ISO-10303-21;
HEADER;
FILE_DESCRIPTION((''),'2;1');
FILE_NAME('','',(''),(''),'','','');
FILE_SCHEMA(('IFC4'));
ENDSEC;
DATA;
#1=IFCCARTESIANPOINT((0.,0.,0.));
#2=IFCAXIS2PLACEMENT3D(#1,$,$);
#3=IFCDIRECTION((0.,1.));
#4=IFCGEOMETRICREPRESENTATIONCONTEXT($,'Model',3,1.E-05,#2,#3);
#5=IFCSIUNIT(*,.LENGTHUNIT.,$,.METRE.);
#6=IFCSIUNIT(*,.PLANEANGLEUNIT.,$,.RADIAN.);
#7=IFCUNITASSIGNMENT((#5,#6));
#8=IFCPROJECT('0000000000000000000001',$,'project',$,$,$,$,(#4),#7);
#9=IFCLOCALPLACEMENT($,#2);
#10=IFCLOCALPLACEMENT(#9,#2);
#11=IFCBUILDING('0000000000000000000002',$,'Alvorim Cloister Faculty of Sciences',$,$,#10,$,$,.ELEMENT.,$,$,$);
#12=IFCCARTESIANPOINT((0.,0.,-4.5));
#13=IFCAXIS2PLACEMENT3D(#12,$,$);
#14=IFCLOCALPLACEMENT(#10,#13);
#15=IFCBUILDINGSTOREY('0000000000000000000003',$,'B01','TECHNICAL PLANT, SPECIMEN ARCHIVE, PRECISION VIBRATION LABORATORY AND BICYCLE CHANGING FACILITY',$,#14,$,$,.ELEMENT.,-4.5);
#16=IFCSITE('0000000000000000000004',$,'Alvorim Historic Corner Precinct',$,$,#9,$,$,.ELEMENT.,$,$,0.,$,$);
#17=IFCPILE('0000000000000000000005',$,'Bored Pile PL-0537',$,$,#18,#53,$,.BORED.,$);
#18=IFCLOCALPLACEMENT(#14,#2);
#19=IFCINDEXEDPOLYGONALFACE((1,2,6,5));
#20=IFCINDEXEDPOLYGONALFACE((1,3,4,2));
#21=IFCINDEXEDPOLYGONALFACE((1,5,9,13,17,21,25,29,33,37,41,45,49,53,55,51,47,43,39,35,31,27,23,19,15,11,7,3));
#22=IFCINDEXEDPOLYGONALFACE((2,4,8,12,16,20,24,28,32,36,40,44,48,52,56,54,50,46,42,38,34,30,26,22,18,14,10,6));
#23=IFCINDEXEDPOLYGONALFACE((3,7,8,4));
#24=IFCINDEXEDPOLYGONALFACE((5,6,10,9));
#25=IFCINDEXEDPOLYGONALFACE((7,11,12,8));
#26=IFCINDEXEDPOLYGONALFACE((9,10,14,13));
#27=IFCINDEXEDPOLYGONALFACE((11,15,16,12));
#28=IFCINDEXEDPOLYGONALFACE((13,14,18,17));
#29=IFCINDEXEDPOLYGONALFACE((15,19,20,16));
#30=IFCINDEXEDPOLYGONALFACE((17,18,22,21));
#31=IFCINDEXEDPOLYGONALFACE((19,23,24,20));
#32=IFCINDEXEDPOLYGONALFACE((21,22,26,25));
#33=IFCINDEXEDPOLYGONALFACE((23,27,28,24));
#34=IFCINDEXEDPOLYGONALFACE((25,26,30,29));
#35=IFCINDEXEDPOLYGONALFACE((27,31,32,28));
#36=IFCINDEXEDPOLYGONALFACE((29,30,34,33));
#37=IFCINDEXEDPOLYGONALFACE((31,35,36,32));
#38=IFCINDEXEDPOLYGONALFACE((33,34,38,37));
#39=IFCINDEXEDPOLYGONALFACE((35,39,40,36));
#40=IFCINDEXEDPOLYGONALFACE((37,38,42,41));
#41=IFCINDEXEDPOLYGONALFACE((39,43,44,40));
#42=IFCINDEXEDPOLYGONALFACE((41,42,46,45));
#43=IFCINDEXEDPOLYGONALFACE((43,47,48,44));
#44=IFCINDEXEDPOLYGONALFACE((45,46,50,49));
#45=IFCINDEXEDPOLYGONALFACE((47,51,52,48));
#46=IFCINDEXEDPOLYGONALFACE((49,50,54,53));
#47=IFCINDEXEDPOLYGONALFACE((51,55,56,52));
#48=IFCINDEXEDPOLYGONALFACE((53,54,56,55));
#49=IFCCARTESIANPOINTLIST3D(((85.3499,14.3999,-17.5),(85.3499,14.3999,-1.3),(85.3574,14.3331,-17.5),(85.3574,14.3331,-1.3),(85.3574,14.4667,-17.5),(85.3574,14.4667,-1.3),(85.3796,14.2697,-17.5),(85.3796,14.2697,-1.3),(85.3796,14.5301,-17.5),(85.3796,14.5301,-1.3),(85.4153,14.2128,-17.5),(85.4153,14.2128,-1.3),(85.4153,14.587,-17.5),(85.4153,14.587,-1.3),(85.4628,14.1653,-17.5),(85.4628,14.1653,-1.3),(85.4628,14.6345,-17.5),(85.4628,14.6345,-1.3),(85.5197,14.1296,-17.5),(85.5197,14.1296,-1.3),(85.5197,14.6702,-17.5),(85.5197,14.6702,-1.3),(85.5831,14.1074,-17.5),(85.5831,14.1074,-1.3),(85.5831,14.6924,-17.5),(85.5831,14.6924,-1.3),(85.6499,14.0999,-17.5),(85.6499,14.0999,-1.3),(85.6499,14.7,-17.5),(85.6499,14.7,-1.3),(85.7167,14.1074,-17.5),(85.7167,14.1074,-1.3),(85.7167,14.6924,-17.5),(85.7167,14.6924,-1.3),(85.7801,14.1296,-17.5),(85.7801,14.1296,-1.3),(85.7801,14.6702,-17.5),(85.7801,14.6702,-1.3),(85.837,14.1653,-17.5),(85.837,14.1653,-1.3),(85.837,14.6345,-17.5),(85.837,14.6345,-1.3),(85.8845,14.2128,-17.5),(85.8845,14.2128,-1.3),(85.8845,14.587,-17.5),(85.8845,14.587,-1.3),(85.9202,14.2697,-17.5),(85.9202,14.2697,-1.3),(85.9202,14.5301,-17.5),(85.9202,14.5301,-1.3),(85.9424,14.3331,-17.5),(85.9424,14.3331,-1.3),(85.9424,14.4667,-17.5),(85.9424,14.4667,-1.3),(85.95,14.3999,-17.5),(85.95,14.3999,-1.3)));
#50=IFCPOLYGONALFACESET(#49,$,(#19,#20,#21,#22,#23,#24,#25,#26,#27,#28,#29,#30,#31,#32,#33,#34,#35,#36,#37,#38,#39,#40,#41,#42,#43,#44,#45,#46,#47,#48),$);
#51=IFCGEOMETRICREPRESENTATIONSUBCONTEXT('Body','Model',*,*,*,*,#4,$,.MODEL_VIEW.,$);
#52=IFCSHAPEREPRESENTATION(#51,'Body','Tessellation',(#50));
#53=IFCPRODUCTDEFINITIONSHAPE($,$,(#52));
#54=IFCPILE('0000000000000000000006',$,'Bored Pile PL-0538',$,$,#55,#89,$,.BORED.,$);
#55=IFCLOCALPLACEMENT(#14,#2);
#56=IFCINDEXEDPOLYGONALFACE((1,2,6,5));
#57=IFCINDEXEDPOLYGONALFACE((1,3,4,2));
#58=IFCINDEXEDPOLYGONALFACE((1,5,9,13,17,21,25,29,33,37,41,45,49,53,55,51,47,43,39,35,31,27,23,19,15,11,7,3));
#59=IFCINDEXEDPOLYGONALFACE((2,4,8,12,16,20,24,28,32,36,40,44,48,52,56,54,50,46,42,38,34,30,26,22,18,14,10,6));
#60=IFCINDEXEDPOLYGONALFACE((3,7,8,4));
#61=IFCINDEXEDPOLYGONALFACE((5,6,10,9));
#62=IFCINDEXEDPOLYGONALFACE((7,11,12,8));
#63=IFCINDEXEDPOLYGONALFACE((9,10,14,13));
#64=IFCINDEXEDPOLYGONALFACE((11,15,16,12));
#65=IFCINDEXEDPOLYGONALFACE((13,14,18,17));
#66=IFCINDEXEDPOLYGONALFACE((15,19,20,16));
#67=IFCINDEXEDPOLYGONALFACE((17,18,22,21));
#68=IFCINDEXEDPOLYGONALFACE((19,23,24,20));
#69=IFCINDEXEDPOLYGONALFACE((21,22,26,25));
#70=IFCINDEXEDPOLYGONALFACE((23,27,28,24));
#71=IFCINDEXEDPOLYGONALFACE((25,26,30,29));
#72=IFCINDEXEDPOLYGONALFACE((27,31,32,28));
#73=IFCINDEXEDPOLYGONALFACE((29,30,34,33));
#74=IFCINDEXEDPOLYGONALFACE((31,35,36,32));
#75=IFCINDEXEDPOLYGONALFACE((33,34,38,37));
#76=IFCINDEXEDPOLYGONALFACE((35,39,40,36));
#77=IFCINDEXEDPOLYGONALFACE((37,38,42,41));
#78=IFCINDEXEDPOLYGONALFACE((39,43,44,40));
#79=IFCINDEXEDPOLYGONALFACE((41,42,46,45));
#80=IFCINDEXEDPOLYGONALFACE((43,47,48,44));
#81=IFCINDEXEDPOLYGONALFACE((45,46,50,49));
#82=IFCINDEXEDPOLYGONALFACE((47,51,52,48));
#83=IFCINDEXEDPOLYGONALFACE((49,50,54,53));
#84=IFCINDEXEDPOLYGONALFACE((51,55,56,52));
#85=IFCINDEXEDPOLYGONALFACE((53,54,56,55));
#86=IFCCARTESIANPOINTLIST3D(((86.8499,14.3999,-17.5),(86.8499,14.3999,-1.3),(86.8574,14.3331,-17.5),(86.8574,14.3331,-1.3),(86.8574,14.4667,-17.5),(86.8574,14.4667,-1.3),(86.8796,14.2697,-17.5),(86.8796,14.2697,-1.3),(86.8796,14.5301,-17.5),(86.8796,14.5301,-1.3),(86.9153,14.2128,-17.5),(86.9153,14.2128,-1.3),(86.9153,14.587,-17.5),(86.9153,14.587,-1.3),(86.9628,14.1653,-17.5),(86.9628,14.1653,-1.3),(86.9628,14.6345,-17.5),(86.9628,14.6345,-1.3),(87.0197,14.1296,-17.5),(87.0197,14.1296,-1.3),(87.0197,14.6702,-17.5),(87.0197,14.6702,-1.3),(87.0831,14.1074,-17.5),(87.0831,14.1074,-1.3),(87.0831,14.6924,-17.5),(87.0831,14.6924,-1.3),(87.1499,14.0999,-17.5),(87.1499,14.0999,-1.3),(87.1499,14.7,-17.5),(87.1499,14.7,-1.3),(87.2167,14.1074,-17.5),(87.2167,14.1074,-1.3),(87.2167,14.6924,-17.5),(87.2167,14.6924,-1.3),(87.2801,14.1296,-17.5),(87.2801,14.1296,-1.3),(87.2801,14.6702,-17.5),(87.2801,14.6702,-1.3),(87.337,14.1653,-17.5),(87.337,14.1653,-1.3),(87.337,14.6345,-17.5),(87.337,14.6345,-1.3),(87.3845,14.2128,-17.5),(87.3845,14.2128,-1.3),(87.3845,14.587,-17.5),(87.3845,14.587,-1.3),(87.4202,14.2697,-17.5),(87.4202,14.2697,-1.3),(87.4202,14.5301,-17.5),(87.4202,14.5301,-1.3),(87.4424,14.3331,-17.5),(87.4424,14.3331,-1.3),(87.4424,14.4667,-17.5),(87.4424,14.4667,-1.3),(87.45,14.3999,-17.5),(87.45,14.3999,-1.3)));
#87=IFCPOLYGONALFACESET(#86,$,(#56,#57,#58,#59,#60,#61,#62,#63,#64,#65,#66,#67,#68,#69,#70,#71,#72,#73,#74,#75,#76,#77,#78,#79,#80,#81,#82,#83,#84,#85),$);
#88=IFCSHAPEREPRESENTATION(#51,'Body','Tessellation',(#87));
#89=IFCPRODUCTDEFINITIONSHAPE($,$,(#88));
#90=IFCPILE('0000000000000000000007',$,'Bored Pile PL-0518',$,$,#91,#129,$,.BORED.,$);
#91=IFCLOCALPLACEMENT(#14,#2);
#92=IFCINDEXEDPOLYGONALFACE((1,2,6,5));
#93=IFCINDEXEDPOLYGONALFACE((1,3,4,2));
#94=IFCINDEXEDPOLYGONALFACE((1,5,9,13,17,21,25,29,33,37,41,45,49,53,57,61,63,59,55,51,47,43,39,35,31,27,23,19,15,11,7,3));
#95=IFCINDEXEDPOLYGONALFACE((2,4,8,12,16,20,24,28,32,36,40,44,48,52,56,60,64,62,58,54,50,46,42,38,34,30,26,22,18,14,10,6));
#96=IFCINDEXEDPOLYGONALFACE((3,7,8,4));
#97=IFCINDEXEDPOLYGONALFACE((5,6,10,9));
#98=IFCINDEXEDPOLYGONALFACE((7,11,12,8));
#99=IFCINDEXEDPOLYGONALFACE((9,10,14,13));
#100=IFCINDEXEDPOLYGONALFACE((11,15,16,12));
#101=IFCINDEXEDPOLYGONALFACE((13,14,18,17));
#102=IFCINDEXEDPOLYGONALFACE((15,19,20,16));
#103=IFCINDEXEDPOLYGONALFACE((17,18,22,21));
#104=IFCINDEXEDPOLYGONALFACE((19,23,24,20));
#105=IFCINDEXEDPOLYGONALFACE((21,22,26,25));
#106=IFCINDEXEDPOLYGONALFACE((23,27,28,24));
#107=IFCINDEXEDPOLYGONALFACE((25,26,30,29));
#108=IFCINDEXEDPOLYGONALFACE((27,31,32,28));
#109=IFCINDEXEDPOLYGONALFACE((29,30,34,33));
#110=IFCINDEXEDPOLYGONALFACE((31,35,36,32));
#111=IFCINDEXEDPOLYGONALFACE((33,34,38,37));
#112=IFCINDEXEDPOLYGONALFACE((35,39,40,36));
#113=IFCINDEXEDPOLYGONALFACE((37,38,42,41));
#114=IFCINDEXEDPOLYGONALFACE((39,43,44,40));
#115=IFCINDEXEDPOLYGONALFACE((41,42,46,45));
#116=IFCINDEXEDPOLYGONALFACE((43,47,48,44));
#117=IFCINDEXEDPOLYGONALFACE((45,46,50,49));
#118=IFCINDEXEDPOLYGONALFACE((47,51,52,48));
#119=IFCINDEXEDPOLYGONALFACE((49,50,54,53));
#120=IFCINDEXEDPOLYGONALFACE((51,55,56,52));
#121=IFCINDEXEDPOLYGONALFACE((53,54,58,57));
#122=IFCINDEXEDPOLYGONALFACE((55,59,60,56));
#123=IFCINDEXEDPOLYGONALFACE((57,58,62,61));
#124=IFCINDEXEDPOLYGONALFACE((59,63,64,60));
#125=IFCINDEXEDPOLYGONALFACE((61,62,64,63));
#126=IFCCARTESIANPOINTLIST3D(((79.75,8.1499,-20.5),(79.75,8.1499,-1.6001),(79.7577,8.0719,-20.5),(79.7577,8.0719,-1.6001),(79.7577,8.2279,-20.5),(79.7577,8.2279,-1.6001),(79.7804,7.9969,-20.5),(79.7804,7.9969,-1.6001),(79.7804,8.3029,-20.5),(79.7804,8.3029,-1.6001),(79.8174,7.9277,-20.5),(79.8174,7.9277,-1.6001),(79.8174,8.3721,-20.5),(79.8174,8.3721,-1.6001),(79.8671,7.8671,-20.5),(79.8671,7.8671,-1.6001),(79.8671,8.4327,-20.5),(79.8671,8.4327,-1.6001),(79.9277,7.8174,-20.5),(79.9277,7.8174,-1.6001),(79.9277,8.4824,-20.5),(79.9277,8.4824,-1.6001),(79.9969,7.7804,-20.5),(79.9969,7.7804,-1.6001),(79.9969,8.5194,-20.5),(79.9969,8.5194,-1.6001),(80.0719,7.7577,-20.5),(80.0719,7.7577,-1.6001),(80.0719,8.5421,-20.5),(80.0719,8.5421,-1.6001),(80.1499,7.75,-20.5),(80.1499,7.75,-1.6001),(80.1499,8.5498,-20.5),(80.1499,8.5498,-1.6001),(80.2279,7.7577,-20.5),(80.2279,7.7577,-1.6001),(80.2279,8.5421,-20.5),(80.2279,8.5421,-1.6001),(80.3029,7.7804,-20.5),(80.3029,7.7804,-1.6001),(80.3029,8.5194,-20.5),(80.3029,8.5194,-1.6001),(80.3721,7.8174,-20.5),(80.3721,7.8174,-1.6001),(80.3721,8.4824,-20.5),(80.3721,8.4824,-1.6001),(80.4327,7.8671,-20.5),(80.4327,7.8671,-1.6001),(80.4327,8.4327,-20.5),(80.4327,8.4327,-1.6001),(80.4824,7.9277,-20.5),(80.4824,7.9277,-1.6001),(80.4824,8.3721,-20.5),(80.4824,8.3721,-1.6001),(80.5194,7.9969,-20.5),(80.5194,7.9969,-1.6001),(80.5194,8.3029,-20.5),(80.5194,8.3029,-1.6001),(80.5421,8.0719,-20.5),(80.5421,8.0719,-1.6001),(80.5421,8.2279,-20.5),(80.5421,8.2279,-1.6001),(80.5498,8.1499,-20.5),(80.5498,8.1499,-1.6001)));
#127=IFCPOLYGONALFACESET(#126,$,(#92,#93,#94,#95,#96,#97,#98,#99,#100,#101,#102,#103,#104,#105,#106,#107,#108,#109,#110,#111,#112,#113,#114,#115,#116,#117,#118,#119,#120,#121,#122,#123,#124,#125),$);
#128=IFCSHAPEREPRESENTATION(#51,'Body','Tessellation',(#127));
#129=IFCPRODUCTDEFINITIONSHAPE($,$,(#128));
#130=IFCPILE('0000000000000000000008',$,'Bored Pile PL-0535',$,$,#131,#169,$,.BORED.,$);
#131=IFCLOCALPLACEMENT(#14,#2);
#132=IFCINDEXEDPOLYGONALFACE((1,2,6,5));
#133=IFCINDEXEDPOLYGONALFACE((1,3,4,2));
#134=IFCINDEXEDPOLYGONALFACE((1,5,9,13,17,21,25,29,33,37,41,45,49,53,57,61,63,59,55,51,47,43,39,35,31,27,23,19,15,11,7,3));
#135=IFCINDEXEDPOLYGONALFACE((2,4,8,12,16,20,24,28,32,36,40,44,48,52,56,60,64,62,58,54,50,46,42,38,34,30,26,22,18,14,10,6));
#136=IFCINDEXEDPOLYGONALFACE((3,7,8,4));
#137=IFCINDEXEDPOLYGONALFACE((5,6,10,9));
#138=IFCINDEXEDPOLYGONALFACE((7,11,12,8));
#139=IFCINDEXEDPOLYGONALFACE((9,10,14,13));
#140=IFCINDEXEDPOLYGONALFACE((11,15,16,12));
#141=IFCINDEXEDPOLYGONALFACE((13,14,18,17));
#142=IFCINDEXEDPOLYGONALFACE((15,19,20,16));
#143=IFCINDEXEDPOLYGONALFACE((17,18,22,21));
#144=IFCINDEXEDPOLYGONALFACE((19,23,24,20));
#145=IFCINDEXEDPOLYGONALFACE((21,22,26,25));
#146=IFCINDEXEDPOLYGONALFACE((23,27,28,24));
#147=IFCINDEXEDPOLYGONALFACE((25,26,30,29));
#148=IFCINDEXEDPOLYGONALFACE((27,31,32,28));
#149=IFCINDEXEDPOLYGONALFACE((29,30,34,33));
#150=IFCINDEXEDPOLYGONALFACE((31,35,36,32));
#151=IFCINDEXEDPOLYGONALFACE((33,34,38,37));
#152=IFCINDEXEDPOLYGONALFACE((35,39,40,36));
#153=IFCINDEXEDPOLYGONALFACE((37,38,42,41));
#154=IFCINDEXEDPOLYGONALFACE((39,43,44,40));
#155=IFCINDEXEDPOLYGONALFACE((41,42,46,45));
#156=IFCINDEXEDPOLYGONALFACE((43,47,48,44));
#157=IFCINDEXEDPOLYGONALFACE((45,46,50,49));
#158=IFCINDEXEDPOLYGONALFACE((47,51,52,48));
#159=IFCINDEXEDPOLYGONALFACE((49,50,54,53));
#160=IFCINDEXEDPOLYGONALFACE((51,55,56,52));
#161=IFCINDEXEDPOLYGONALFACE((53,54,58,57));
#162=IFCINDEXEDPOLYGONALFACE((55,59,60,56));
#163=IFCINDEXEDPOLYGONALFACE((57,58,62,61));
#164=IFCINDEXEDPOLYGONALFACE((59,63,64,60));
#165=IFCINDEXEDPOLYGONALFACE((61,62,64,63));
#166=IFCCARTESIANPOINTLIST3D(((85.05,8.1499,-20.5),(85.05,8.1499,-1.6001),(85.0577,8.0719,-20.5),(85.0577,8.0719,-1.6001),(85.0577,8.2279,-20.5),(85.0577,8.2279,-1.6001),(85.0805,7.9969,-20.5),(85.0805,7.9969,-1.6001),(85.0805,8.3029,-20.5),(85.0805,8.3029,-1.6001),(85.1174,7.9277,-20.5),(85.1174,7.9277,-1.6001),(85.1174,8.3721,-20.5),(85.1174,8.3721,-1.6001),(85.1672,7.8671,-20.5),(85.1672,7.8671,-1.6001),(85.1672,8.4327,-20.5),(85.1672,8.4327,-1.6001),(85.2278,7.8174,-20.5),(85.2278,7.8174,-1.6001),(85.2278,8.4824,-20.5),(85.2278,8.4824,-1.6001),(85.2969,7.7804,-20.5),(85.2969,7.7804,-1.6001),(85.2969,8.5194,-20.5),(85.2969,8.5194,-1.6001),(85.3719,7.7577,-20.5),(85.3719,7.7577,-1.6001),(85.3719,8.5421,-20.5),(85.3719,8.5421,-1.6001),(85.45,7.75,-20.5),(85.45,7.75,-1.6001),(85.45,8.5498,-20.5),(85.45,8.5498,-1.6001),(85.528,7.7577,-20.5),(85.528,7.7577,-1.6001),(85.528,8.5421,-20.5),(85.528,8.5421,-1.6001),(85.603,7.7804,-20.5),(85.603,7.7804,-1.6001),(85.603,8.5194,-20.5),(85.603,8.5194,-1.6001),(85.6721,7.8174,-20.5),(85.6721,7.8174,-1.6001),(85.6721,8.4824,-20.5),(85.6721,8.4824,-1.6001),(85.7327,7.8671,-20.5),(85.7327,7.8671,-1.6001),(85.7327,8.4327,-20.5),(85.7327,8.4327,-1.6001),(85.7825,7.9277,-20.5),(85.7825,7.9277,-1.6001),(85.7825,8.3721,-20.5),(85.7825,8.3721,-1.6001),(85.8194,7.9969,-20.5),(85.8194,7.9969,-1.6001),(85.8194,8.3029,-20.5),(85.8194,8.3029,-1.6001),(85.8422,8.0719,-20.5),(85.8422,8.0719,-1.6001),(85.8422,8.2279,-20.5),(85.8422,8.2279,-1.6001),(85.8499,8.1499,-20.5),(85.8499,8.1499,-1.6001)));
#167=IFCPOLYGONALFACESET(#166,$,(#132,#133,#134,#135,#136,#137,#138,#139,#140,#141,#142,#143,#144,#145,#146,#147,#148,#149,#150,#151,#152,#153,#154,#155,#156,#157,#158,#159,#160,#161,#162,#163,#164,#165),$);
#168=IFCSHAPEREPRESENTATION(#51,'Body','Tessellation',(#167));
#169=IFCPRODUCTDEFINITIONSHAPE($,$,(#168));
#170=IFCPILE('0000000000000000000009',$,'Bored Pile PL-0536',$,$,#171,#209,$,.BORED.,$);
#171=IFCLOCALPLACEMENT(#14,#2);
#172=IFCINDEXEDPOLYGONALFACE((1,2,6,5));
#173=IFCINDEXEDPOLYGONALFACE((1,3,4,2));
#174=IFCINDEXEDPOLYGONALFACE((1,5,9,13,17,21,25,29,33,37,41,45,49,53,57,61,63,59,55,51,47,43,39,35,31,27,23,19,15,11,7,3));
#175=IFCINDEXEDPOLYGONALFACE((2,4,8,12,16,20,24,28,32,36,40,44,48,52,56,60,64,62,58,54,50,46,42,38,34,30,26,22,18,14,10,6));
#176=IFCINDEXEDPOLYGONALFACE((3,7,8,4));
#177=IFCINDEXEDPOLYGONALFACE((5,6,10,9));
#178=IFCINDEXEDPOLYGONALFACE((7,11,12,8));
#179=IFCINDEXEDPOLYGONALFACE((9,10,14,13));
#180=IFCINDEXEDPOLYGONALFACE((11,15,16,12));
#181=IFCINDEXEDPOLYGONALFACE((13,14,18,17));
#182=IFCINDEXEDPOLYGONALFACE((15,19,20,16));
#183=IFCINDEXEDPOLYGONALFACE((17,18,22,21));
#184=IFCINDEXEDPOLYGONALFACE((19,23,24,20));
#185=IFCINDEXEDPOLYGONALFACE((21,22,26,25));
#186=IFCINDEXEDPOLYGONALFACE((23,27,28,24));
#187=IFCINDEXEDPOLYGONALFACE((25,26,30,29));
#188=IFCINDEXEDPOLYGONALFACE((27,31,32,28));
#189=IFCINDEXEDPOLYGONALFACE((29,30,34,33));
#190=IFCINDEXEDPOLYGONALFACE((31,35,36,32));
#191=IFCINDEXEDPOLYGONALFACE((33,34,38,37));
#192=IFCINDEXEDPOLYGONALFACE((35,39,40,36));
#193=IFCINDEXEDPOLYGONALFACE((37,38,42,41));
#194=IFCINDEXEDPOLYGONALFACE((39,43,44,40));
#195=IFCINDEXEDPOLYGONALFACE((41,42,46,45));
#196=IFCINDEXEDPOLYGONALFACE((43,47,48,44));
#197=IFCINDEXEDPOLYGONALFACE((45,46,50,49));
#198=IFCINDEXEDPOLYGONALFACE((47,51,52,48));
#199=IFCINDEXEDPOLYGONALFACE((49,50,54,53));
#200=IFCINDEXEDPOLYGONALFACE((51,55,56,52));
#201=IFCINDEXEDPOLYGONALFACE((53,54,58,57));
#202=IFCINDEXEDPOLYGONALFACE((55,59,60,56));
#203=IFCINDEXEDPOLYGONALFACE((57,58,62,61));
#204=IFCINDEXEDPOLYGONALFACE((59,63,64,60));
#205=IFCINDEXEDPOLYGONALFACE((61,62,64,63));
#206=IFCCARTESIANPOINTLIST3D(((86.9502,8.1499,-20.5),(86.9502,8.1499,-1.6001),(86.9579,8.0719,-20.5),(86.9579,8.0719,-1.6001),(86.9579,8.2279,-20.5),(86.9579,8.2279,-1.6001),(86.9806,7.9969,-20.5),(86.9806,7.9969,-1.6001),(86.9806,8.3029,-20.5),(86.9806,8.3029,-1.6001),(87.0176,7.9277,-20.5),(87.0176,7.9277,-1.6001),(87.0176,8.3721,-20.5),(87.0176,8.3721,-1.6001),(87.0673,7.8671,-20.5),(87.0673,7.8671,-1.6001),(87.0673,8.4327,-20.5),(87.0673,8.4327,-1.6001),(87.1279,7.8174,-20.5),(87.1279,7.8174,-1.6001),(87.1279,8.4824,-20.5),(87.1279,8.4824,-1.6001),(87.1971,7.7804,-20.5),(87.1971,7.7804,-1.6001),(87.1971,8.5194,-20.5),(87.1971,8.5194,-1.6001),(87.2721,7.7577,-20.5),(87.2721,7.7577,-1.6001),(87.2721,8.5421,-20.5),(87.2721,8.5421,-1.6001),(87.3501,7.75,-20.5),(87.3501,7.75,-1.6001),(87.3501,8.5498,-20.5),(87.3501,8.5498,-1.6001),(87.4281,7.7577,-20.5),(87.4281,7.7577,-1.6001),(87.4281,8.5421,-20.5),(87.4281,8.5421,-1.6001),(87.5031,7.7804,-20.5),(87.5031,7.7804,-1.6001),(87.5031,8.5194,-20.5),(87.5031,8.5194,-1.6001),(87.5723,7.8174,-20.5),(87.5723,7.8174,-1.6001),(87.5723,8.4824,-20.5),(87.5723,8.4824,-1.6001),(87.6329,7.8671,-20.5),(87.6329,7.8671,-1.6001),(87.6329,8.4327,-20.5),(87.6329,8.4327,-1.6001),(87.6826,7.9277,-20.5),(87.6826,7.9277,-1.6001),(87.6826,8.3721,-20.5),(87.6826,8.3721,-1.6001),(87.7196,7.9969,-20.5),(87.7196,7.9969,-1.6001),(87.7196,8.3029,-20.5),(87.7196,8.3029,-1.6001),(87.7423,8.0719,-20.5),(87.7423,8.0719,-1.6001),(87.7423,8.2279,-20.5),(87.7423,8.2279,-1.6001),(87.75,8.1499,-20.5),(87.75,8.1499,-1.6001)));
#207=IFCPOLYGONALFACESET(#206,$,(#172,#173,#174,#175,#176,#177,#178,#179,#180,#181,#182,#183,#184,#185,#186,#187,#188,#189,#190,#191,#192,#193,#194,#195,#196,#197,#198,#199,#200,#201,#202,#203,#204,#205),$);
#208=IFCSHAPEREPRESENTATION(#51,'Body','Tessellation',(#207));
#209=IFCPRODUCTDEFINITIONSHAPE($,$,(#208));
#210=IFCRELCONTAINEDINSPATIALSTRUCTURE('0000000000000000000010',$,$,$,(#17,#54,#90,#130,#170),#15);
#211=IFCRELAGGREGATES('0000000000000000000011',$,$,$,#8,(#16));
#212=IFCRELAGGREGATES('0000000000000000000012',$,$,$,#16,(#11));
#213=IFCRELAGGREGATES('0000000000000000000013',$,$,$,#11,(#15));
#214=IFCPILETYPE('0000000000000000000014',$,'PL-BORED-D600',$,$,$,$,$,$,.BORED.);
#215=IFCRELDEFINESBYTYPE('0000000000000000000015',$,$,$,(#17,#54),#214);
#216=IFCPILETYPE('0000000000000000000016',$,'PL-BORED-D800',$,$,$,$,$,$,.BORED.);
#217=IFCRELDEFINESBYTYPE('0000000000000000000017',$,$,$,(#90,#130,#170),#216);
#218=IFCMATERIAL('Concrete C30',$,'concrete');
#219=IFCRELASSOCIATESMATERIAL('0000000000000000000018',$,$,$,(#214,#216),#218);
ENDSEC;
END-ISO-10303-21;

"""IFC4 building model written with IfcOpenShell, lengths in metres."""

from ifc_helpers import new_model, si_unit, direction, frame, origin, origin_2d, place, context, subcontext, project, spatial, circle, extrude, material, material_profile, profile_set, type_object, element, save


model = new_model("IFC4")

# Units and contexts
model_context = context("Model", 3, precision=1e-05, world=origin(), true_north=direction((0.0, 1.0)))
body_context = subcontext(model_context, "Body", "Model", "MODEL_VIEW")
ifc_project = project(units=[si_unit("LENGTHUNIT", "METRE"), si_unit("PLANEANGLEUNIT", "RADIAN")], contexts=[model_context])

# Site, building, storey
site_placement = place(None, origin())
site = spatial("IfcSite", under=ifc_project, at=site_placement, Name="Alvorim Historic Corner Precinct", CompositionType="ELEMENT", RefElevation=0.0)
building_placement = place(site_placement, origin())
building = spatial("IfcBuilding", under=site, at=building_placement, Name="Alvorim Cloister Faculty of Sciences", CompositionType="ELEMENT")
storey_placement = place(building_placement, frame((0.0, 0.0, -4.5)))
storey = spatial("IfcBuildingStorey", under=building, at=storey_placement, Name="B01", Description="TECHNICAL PLANT, SPECIMEN ARCHIVE, PRECISION VIBRATION LABORATORY AND BICYCLE CHANGING FACILITY", CompositionType="ELEMENT", Elevation=-4.5)

# Piles
ifc_material_1 = material(Name="Concrete C30", Category="concrete")
ifc_material_profile_1 = material_profile(ifc_material_1, circle(Radius=0.3, at=origin_2d()), Name="PILE-D600")
ifc_profile_set_1 = profile_set([ifc_material_profile_1], Name="Concrete C30")
pile_type_1 = type_object("IfcPileType", Name="PL-BORED-D600", PredefinedType="BORED", material=ifc_profile_set_1)
for number, where, z_axis, x_axis, name in (
    (1, (85.6499, 14.3999, -1.3), (0.0, 0.0, -1.0), (1.0, 0.0, 0.0), "Bored Pile PL-0537"),
    (2, (87.1499, 14.3999, -1.3), (0.0, 0.0, -1.0), (1.0, 0.0, 0.0), "Bored Pile PL-0538"),
):
    element("IfcPile", number, at=place(storey_placement, frame(where, z_axis=z_axis, x_axis=x_axis)), inside=storey, type_object=pile_type_1, Name=name, PredefinedType="BORED", context=body_context, shape_type="SweptSolid", body=[
        extrude(circle(Radius=0.3, at=origin_2d()), origin(), (0.0, 0.0, 1.0), 16.2),
    ])
ifc_material_profile_2 = material_profile(ifc_material_1, circle(Radius=0.3999, at=origin_2d()), Name="PILE-D800")
ifc_profile_set_2 = profile_set([ifc_material_profile_2], Name="Concrete C30")
pile_type_2 = type_object("IfcPileType", Name="PL-BORED-D800", PredefinedType="BORED", material=ifc_profile_set_2)
for number, where, z_axis, x_axis, name in (
    (3, (80.1499, 8.1499, -1.6001), (0.0, 0.0, -1.0), (1.0, 0.0, 0.0), "Bored Pile PL-0518"),
    (4, (85.45, 8.1499, -1.6001), (0.0, 0.0, -1.0), (1.0, 0.0, 0.0), "Bored Pile PL-0535"),
    (5, (87.3501, 8.1499, -1.6001), (0.0, 0.0, -1.0), (1.0, 0.0, 0.0), "Bored Pile PL-0536"),
):
    element("IfcPile", number, at=place(storey_placement, frame(where, z_axis=z_axis, x_axis=x_axis)), inside=storey, type_object=pile_type_2, Name=name, PredefinedType="BORED", context=body_context, shape_type="SweptSolid", body=[
        extrude(circle(Radius=0.3999, at=origin_2d()), origin(), (0.0, 0.0, 1.0), 18.8999),
    ])

save(model, "model.ifc")
